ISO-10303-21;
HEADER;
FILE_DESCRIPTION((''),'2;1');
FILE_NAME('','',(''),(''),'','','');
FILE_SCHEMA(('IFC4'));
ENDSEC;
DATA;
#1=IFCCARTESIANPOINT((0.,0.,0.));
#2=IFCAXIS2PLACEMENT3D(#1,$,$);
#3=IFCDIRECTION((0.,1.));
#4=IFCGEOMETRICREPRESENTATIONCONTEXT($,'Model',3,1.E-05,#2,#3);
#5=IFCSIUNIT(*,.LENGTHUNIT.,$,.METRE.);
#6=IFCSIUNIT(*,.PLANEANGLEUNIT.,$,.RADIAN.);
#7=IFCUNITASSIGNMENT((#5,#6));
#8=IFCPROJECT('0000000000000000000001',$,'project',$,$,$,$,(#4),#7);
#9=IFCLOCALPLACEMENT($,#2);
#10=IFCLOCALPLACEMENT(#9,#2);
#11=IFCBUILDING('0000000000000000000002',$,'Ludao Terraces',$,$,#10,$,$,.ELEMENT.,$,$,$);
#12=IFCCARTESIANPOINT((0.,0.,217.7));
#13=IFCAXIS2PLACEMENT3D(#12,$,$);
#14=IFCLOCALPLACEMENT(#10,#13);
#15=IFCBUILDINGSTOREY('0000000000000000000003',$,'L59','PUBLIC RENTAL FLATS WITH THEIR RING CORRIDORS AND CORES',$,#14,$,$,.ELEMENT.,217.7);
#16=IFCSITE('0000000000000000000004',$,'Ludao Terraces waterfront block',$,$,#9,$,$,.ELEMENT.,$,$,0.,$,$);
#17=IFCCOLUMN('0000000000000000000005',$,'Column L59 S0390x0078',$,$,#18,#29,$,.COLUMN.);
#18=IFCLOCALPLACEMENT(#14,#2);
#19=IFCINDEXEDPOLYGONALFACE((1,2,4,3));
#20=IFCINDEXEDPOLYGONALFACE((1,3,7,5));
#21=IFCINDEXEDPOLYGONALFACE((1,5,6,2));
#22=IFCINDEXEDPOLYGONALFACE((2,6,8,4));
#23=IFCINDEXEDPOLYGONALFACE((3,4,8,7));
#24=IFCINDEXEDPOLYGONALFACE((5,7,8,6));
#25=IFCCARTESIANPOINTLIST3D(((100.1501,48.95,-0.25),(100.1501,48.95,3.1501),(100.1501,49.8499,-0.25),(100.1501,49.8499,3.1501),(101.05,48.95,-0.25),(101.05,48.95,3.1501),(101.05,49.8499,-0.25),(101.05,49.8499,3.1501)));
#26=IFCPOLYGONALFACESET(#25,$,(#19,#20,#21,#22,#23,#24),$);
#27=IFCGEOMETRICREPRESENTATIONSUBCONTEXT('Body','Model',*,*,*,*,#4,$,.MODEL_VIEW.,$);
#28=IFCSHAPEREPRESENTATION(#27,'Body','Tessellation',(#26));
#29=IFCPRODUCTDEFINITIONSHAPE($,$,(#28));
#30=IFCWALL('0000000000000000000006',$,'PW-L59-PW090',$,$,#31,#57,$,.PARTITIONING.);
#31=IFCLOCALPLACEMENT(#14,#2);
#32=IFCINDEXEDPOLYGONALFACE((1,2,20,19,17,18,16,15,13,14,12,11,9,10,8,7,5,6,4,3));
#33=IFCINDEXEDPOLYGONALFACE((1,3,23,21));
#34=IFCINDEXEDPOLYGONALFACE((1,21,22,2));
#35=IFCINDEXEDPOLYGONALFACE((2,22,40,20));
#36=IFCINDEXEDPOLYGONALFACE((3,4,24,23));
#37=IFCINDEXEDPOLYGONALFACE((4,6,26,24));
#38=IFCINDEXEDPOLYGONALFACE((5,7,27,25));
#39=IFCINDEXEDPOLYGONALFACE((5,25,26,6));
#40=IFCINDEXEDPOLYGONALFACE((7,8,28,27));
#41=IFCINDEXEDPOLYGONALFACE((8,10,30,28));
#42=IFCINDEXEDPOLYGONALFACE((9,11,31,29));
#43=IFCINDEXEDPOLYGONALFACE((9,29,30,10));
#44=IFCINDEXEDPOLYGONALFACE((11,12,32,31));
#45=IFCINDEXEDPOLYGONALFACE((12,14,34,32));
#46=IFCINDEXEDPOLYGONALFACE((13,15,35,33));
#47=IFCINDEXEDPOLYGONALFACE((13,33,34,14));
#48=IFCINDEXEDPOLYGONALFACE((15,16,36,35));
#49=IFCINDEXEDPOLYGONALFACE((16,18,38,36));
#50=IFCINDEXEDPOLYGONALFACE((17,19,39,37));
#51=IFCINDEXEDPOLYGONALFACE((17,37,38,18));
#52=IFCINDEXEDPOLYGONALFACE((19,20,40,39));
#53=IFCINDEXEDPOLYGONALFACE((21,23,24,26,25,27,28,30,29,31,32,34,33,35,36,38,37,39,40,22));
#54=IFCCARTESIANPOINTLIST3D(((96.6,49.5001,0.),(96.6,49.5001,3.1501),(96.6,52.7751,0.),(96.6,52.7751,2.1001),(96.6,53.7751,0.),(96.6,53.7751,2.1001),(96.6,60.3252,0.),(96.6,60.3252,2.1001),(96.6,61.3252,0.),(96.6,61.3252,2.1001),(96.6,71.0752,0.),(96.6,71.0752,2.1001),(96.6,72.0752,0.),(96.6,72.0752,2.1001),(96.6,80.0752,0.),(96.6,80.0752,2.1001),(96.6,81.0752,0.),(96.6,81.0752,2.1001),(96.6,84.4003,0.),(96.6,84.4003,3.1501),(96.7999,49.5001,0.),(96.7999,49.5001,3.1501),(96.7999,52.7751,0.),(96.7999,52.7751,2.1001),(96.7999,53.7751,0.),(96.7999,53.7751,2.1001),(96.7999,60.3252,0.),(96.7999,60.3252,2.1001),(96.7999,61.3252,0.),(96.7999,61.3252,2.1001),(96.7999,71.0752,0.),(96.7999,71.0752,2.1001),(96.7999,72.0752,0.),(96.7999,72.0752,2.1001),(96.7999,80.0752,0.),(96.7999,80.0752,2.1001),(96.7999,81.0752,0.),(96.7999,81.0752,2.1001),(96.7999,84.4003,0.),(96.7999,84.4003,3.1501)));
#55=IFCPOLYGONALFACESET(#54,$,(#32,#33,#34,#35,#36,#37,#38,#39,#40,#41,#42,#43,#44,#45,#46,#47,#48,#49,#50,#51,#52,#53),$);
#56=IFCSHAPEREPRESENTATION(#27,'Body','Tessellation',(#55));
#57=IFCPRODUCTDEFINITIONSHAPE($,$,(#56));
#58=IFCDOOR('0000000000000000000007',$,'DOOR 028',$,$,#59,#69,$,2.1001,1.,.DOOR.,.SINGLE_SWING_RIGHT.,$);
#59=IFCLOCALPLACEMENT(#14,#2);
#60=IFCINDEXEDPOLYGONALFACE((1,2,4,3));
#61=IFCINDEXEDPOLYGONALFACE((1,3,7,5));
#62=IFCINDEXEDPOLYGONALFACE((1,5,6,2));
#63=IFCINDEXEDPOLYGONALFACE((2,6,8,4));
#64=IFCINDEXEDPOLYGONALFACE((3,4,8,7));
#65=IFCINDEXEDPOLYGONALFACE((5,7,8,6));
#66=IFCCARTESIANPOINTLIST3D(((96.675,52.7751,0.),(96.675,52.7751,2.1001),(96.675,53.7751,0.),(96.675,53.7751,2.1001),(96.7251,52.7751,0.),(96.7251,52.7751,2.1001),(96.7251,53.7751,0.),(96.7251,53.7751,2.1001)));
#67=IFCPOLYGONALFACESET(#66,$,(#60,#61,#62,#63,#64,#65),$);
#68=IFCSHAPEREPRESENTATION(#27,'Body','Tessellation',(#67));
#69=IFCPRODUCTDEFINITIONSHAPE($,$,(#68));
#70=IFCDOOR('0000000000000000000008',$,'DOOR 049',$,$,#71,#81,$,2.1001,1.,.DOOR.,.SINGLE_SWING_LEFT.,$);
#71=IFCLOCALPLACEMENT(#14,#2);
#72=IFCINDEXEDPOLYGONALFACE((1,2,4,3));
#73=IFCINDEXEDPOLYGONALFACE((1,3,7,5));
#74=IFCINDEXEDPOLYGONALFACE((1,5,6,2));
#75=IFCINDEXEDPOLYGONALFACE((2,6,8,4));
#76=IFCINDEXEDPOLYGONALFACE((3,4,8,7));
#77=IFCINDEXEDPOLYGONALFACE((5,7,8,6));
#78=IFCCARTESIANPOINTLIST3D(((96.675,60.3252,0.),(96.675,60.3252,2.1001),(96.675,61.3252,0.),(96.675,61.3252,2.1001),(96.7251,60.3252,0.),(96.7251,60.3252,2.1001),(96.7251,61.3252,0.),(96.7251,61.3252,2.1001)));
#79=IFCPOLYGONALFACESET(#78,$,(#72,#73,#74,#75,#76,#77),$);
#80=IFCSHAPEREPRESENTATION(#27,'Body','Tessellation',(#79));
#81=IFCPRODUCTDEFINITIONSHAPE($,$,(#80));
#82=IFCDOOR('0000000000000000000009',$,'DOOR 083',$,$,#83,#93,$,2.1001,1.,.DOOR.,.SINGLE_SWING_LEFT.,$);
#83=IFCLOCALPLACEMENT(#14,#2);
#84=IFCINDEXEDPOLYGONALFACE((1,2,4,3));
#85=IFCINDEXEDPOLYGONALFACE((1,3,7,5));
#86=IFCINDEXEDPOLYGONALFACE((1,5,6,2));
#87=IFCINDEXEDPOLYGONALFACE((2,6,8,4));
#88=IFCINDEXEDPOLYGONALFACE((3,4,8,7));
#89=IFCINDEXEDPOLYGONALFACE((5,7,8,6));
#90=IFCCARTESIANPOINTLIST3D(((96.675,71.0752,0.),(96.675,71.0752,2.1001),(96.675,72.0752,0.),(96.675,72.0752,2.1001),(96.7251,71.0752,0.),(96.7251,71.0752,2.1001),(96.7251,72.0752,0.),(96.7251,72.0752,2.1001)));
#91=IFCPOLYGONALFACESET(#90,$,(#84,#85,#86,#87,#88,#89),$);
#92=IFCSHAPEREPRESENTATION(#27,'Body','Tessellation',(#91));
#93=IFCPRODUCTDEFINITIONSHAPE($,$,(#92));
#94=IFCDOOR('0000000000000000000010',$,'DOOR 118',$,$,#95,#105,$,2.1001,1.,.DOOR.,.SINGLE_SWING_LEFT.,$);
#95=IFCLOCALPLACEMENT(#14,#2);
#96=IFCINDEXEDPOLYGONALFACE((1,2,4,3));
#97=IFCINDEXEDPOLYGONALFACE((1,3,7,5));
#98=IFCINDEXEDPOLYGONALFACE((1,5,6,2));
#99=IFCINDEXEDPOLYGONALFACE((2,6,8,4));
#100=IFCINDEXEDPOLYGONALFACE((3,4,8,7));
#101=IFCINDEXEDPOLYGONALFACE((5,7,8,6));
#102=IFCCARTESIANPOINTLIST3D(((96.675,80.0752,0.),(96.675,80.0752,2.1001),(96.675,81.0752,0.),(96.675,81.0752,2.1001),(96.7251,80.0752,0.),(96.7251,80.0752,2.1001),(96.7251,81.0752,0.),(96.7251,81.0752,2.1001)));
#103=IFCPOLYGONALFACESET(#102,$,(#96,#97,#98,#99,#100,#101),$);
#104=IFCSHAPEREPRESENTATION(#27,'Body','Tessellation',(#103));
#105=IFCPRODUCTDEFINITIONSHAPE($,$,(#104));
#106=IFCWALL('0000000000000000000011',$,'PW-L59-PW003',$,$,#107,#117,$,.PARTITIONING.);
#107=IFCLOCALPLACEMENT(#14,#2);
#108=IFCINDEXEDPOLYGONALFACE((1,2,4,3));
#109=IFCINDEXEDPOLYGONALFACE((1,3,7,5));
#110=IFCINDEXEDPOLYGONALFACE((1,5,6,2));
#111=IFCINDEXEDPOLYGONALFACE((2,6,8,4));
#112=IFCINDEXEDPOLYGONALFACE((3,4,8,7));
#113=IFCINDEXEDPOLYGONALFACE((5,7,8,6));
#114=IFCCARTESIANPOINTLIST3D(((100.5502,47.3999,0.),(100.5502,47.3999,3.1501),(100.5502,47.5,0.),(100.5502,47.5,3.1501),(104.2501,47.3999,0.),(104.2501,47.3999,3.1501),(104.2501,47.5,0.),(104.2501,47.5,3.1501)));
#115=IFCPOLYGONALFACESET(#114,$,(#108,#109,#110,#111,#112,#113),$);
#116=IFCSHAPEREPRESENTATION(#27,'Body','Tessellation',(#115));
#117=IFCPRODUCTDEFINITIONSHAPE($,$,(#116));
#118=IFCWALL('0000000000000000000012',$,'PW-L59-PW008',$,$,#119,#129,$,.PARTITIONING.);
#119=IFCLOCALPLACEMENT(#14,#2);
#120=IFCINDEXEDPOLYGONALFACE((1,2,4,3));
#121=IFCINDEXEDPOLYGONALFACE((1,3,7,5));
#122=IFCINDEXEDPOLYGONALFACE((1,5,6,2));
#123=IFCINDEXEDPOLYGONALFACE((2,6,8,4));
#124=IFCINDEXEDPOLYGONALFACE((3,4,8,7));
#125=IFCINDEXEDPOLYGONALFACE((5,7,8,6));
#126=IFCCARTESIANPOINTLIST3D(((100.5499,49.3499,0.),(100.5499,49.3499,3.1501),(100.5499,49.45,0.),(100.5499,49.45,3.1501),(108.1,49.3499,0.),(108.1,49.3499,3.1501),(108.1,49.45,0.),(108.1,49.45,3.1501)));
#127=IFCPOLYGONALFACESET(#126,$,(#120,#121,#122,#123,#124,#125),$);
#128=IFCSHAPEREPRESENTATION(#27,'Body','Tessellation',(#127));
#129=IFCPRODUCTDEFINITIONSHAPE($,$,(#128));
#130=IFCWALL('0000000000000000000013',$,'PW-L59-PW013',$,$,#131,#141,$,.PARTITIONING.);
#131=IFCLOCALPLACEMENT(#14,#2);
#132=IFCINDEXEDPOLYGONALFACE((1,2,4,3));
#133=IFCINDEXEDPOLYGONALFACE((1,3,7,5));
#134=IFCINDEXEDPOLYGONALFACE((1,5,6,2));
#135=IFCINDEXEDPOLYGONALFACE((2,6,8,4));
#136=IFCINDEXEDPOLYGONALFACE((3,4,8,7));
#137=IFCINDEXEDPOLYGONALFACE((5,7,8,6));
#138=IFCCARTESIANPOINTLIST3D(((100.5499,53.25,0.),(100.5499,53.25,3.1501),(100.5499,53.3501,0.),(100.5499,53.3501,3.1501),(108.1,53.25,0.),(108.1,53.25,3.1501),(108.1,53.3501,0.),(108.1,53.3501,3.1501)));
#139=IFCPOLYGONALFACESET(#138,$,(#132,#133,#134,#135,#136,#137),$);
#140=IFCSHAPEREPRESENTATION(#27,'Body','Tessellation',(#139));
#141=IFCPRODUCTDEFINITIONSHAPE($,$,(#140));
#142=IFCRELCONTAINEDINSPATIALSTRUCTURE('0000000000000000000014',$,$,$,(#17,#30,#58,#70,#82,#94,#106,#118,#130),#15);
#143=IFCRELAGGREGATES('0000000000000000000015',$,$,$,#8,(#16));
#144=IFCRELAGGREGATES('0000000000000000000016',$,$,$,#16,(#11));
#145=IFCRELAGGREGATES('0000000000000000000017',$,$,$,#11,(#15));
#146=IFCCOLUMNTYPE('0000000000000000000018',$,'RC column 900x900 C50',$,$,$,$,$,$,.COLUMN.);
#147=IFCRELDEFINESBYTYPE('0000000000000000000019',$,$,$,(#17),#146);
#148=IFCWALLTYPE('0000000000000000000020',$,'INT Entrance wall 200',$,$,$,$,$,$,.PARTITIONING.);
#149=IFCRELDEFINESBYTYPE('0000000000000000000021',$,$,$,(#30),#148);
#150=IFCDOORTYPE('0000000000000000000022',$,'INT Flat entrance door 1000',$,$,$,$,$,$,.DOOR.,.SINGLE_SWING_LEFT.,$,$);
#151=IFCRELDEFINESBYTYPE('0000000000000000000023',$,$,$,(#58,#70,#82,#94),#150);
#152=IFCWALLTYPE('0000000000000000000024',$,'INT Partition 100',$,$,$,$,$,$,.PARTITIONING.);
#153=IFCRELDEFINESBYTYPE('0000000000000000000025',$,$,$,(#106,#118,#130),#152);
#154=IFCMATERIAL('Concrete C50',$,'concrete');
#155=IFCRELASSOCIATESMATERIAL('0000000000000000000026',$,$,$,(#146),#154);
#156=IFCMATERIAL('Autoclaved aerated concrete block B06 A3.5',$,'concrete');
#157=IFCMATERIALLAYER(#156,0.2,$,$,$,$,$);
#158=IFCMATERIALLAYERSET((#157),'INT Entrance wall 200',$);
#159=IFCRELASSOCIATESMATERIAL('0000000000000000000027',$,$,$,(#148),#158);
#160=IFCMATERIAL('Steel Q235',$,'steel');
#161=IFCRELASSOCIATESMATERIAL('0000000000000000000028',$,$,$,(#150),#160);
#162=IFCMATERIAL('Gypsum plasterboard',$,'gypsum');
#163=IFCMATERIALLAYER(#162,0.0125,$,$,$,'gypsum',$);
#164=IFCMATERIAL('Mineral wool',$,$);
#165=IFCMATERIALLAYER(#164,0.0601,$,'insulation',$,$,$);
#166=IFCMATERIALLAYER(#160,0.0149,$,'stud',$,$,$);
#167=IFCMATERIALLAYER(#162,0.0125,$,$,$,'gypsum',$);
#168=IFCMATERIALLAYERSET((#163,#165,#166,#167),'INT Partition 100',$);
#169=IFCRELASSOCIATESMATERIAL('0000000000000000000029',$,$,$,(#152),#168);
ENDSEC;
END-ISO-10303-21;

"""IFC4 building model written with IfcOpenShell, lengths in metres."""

from ifc_helpers import new_model, si_unit, direction, frame, frame_2d, origin, origin_2d, place, context, subcontext, project, spatial, rectangle, extrude, material, layer, layer_set, material_profile, profile_set, type_object, element, fill, save


model = new_model("IFC4")

# Units and contexts
model_context = context("Model", 3, precision=1e-05, world=origin(), true_north=direction((0.0, 1.0)))
body_context = subcontext(model_context, "Body", "Model", "MODEL_VIEW")
ifc_project = project(units=[si_unit("LENGTHUNIT", "METRE"), si_unit("PLANEANGLEUNIT", "RADIAN")], contexts=[model_context])

# Site, building, storey
site_placement = place(None, origin())
site = spatial("IfcSite", under=ifc_project, at=site_placement, Name="Ludao Terraces waterfront block", CompositionType="ELEMENT", RefElevation=0.0)
building_placement = place(site_placement, origin())
building = spatial("IfcBuilding", under=site, at=building_placement, Name="Ludao Terraces", CompositionType="ELEMENT")
storey_placement = place(building_placement, frame((0.0, 0.0, 217.7)))
storey = spatial("IfcBuildingStorey", under=building, at=storey_placement, Name="L59", Description="PUBLIC RENTAL FLATS WITH THEIR RING CORRIDORS AND CORES", CompositionType="ELEMENT", Elevation=217.7)

# Column
ifc_material_1 = material(Name="Concrete C50", Category="concrete")
ifc_material_profile = material_profile(ifc_material_1, rectangle(XDim=0.8999, YDim=0.8999, at=origin_2d()), Name="900 X 900")
ifc_profile_set = profile_set([ifc_material_profile], Name="Concrete C50")
column_type = type_object("IfcColumnType", Name="RC column 900x900 C50", PredefinedType="COLUMN", material=ifc_profile_set)
column_placement = place(storey_placement, frame((100.6001, 49.3999, -0.25), z_axis=(0.0, 0.0, 1.0), x_axis=(1.0, 0.0, 0.0)))
element("IfcColumn", 1, at=column_placement, inside=storey, type_object=column_type, Name="Column L59 S0390x0078", PredefinedType="COLUMN", context=body_context, shape_type="SweptSolid", body=[
    extrude(rectangle(XDim=0.8999, YDim=0.8999, at=origin_2d()), origin(), (0.0, 0.0, 1.0), 3.4001),
])

# Wall, openings, doors
ifc_material_2 = material(Name="Autoclaved aerated concrete block B06 A3.5", Category="concrete")
ifc_layer_1 = layer(ifc_material_2, 0.2)
ifc_layer_set_1 = layer_set([ifc_layer_1], Name="INT Entrance wall 200")
wall_type_1 = type_object("IfcWallType", Name="INT Entrance wall 200", PredefinedType="PARTITIONING", material=ifc_layer_set_1)
wall_1_placement = place(storey_placement, frame((96.7, 49.5, 0.0), z_axis=(0.0, 0.0, 1.0), x_axis=(0.0, 1.0, 0.0)))
wall_1 = element("IfcWall", 2, at=wall_1_placement, inside=storey, type_object=wall_type_1, Name="PW-L59-PW090", PredefinedType="PARTITIONING", context=body_context, shape_type="SweptSolid", body=[
    extrude(rectangle(XDim=34.9001, YDim=0.2, at=frame_2d((17.4502, 0.0))), origin(), (0.0, 0.0, 1.0), 3.1501),
])
opening_1_placement = place(wall_1_placement, frame((3.2751, 0.0, 0.0)))
opening_1 = element("IfcOpeningElement", 3, at=opening_1_placement, cuts=wall_1, PredefinedType="OPENING", context=body_context, shape_type="SweptSolid", body=[
    extrude(rectangle(XDim=1.0, YDim=2.1001, at=frame_2d((0.5, 1.05))), frame((0.0, 0.1099, 0.0), z_axis=(0.0, -1.0, 0.0), x_axis=(1.0, 0.0, 0.0)), (0.0, 0.0, 1.0), 0.22),
])
opening_2_placement = place(wall_1_placement, frame((10.8252, 0.0, 0.0)))
opening_2 = element("IfcOpeningElement", 4, at=opening_2_placement, cuts=wall_1, PredefinedType="OPENING", context=body_context, shape_type="SweptSolid", body=[
    extrude(rectangle(XDim=1.0, YDim=2.1001, at=frame_2d((0.5, 1.05))), frame((0.0, 0.1099, 0.0), z_axis=(0.0, -1.0, 0.0), x_axis=(1.0, 0.0, 0.0)), (0.0, 0.0, 1.0), 0.22),
])
opening_3_placement = place(wall_1_placement, frame((21.5752, 0.0, 0.0)))
opening_3 = element("IfcOpeningElement", 5, at=opening_3_placement, cuts=wall_1, PredefinedType="OPENING", context=body_context, shape_type="SweptSolid", body=[
    extrude(rectangle(XDim=1.0, YDim=2.1001, at=frame_2d((0.5, 1.05))), frame((0.0, 0.1099, 0.0), z_axis=(0.0, -1.0, 0.0), x_axis=(1.0, 0.0, 0.0)), (0.0, 0.0, 1.0), 0.22),
])
opening_4_placement = place(wall_1_placement, frame((30.5752, 0.0, 0.0)))
opening_4 = element("IfcOpeningElement", 6, at=opening_4_placement, cuts=wall_1, PredefinedType="OPENING", context=body_context, shape_type="SweptSolid", body=[
    extrude(rectangle(XDim=1.0, YDim=2.1001, at=frame_2d((0.5, 1.05))), frame((0.0, 0.1099, 0.0), z_axis=(0.0, -1.0, 0.0), x_axis=(1.0, 0.0, 0.0)), (0.0, 0.0, 1.0), 0.22),
])
ifc_material_3 = material(Name="Steel Q235", Category="steel")
door_type = type_object("IfcDoorType", Name="INT Flat entrance door 1000", OperationType="SINGLE_SWING_LEFT", PredefinedType="DOOR", material=ifc_material_3)
door_1_placement = place(opening_1_placement, origin())
door_1 = element("IfcDoor", 7, at=door_1_placement, inside=storey, type_object=door_type, Name="DOOR 028", OperationType="SINGLE_SWING_RIGHT", OverallHeight=2.1001, OverallWidth=1.0, PredefinedType="DOOR", context=body_context, shape_type="SweptSolid", body=[
    extrude(rectangle(XDim=1.0, YDim=2.1001, at=frame_2d((0.5, 1.05))), frame((0.0, 0.0249, 0.0), z_axis=(0.0, -1.0, 0.0), x_axis=(1.0, 0.0, 0.0)), (0.0, 0.0, 1.0), 0.05),
])
fill(opening_1, door_1)
door_2_placement = place(opening_2_placement, origin())
door_2 = element("IfcDoor", 8, at=door_2_placement, inside=storey, type_object=door_type, Name="DOOR 049", OperationType="SINGLE_SWING_LEFT", OverallHeight=2.1001, OverallWidth=1.0, PredefinedType="DOOR", context=body_context, shape_type="SweptSolid", body=[
    extrude(rectangle(XDim=1.0, YDim=2.1001, at=frame_2d((0.5, 1.05))), frame((0.0, 0.0249, 0.0), z_axis=(0.0, -1.0, 0.0), x_axis=(1.0, 0.0, 0.0)), (0.0, 0.0, 1.0), 0.05),
])
fill(opening_2, door_2)
door_3_placement = place(opening_3_placement, origin())
door_3 = element("IfcDoor", 9, at=door_3_placement, inside=storey, type_object=door_type, Name="DOOR 083", OperationType="SINGLE_SWING_LEFT", OverallHeight=2.1001, OverallWidth=1.0, PredefinedType="DOOR", context=body_context, shape_type="SweptSolid", body=[
    extrude(rectangle(XDim=1.0, YDim=2.1001, at=frame_2d((0.5, 1.05))), frame((0.0, 0.0249, 0.0), z_axis=(0.0, -1.0, 0.0), x_axis=(1.0, 0.0, 0.0)), (0.0, 0.0, 1.0), 0.05),
])
fill(opening_3, door_3)
door_4_placement = place(opening_4_placement, origin())
door_4 = element("IfcDoor", 10, at=door_4_placement, inside=storey, type_object=door_type, Name="DOOR 118", OperationType="SINGLE_SWING_LEFT", OverallHeight=2.1001, OverallWidth=1.0, PredefinedType="DOOR", context=body_context, shape_type="SweptSolid", body=[
    extrude(rectangle(XDim=1.0, YDim=2.1001, at=frame_2d((0.5, 1.05))), frame((0.0, 0.0249, 0.0), z_axis=(0.0, -1.0, 0.0), x_axis=(1.0, 0.0, 0.0)), (0.0, 0.0, 1.0), 0.05),
])
fill(opening_4, door_4)

# Walls
ifc_material_4 = material(Name="Gypsum plasterboard", Category="gypsum")
ifc_layer_2 = layer(ifc_material_4, 0.0125, Category="gypsum")
ifc_material_5 = material(Name="Mineral wool")
ifc_layer_3 = layer(ifc_material_5, 0.0601, Name="insulation")
ifc_layer_4 = layer(ifc_material_3, 0.0149, Name="stud")
ifc_layer_5 = layer(ifc_material_4, 0.0125, Category="gypsum")
ifc_layer_set_2 = layer_set([ifc_layer_2, ifc_layer_3, ifc_layer_4, ifc_layer_5], Name="INT Partition 100")
wall_type_2 = type_object("IfcWallType", Name="INT Partition 100", PredefinedType="PARTITIONING", material=ifc_layer_set_2)
wall_2_placement = place(storey_placement, frame((100.55, 47.45, 0.0), z_axis=(0.0, 0.0, 1.0), x_axis=(1.0, 0.0, 0.0)))
element("IfcWall", 11, at=wall_2_placement, inside=storey, type_object=wall_type_2, Name="PW-L59-PW003", PredefinedType="PARTITIONING", context=body_context, shape_type="SweptSolid", body=[
    extrude(rectangle(XDim=3.7, YDim=0.1001, at=frame_2d((1.8501, 0.0))), origin(), (0.0, 0.0, 1.0), 3.1501),
])
for number, where, z_axis, x_axis, name in (
    (12, (100.55, 49.3999, 0.0), (0.0, 0.0, 1.0), (1.0, 0.0, 0.0), "PW-L59-PW008"),
    (13, (100.55, 53.3, 0.0), (0.0, 0.0, 1.0), (1.0, 0.0, 0.0), "PW-L59-PW013"),
):
    element("IfcWall", number, at=place(storey_placement, frame(where, z_axis=z_axis, x_axis=x_axis)), inside=storey, type_object=wall_type_2, Name=name, PredefinedType="PARTITIONING", context=body_context, shape_type="SweptSolid", body=[
        extrude(rectangle(XDim=7.55, YDim=0.1001, at=frame_2d((3.7749, 0.0))), origin(), (0.0, 0.0, 1.0), 3.1501),
    ])

save(model, "model.ifc")
